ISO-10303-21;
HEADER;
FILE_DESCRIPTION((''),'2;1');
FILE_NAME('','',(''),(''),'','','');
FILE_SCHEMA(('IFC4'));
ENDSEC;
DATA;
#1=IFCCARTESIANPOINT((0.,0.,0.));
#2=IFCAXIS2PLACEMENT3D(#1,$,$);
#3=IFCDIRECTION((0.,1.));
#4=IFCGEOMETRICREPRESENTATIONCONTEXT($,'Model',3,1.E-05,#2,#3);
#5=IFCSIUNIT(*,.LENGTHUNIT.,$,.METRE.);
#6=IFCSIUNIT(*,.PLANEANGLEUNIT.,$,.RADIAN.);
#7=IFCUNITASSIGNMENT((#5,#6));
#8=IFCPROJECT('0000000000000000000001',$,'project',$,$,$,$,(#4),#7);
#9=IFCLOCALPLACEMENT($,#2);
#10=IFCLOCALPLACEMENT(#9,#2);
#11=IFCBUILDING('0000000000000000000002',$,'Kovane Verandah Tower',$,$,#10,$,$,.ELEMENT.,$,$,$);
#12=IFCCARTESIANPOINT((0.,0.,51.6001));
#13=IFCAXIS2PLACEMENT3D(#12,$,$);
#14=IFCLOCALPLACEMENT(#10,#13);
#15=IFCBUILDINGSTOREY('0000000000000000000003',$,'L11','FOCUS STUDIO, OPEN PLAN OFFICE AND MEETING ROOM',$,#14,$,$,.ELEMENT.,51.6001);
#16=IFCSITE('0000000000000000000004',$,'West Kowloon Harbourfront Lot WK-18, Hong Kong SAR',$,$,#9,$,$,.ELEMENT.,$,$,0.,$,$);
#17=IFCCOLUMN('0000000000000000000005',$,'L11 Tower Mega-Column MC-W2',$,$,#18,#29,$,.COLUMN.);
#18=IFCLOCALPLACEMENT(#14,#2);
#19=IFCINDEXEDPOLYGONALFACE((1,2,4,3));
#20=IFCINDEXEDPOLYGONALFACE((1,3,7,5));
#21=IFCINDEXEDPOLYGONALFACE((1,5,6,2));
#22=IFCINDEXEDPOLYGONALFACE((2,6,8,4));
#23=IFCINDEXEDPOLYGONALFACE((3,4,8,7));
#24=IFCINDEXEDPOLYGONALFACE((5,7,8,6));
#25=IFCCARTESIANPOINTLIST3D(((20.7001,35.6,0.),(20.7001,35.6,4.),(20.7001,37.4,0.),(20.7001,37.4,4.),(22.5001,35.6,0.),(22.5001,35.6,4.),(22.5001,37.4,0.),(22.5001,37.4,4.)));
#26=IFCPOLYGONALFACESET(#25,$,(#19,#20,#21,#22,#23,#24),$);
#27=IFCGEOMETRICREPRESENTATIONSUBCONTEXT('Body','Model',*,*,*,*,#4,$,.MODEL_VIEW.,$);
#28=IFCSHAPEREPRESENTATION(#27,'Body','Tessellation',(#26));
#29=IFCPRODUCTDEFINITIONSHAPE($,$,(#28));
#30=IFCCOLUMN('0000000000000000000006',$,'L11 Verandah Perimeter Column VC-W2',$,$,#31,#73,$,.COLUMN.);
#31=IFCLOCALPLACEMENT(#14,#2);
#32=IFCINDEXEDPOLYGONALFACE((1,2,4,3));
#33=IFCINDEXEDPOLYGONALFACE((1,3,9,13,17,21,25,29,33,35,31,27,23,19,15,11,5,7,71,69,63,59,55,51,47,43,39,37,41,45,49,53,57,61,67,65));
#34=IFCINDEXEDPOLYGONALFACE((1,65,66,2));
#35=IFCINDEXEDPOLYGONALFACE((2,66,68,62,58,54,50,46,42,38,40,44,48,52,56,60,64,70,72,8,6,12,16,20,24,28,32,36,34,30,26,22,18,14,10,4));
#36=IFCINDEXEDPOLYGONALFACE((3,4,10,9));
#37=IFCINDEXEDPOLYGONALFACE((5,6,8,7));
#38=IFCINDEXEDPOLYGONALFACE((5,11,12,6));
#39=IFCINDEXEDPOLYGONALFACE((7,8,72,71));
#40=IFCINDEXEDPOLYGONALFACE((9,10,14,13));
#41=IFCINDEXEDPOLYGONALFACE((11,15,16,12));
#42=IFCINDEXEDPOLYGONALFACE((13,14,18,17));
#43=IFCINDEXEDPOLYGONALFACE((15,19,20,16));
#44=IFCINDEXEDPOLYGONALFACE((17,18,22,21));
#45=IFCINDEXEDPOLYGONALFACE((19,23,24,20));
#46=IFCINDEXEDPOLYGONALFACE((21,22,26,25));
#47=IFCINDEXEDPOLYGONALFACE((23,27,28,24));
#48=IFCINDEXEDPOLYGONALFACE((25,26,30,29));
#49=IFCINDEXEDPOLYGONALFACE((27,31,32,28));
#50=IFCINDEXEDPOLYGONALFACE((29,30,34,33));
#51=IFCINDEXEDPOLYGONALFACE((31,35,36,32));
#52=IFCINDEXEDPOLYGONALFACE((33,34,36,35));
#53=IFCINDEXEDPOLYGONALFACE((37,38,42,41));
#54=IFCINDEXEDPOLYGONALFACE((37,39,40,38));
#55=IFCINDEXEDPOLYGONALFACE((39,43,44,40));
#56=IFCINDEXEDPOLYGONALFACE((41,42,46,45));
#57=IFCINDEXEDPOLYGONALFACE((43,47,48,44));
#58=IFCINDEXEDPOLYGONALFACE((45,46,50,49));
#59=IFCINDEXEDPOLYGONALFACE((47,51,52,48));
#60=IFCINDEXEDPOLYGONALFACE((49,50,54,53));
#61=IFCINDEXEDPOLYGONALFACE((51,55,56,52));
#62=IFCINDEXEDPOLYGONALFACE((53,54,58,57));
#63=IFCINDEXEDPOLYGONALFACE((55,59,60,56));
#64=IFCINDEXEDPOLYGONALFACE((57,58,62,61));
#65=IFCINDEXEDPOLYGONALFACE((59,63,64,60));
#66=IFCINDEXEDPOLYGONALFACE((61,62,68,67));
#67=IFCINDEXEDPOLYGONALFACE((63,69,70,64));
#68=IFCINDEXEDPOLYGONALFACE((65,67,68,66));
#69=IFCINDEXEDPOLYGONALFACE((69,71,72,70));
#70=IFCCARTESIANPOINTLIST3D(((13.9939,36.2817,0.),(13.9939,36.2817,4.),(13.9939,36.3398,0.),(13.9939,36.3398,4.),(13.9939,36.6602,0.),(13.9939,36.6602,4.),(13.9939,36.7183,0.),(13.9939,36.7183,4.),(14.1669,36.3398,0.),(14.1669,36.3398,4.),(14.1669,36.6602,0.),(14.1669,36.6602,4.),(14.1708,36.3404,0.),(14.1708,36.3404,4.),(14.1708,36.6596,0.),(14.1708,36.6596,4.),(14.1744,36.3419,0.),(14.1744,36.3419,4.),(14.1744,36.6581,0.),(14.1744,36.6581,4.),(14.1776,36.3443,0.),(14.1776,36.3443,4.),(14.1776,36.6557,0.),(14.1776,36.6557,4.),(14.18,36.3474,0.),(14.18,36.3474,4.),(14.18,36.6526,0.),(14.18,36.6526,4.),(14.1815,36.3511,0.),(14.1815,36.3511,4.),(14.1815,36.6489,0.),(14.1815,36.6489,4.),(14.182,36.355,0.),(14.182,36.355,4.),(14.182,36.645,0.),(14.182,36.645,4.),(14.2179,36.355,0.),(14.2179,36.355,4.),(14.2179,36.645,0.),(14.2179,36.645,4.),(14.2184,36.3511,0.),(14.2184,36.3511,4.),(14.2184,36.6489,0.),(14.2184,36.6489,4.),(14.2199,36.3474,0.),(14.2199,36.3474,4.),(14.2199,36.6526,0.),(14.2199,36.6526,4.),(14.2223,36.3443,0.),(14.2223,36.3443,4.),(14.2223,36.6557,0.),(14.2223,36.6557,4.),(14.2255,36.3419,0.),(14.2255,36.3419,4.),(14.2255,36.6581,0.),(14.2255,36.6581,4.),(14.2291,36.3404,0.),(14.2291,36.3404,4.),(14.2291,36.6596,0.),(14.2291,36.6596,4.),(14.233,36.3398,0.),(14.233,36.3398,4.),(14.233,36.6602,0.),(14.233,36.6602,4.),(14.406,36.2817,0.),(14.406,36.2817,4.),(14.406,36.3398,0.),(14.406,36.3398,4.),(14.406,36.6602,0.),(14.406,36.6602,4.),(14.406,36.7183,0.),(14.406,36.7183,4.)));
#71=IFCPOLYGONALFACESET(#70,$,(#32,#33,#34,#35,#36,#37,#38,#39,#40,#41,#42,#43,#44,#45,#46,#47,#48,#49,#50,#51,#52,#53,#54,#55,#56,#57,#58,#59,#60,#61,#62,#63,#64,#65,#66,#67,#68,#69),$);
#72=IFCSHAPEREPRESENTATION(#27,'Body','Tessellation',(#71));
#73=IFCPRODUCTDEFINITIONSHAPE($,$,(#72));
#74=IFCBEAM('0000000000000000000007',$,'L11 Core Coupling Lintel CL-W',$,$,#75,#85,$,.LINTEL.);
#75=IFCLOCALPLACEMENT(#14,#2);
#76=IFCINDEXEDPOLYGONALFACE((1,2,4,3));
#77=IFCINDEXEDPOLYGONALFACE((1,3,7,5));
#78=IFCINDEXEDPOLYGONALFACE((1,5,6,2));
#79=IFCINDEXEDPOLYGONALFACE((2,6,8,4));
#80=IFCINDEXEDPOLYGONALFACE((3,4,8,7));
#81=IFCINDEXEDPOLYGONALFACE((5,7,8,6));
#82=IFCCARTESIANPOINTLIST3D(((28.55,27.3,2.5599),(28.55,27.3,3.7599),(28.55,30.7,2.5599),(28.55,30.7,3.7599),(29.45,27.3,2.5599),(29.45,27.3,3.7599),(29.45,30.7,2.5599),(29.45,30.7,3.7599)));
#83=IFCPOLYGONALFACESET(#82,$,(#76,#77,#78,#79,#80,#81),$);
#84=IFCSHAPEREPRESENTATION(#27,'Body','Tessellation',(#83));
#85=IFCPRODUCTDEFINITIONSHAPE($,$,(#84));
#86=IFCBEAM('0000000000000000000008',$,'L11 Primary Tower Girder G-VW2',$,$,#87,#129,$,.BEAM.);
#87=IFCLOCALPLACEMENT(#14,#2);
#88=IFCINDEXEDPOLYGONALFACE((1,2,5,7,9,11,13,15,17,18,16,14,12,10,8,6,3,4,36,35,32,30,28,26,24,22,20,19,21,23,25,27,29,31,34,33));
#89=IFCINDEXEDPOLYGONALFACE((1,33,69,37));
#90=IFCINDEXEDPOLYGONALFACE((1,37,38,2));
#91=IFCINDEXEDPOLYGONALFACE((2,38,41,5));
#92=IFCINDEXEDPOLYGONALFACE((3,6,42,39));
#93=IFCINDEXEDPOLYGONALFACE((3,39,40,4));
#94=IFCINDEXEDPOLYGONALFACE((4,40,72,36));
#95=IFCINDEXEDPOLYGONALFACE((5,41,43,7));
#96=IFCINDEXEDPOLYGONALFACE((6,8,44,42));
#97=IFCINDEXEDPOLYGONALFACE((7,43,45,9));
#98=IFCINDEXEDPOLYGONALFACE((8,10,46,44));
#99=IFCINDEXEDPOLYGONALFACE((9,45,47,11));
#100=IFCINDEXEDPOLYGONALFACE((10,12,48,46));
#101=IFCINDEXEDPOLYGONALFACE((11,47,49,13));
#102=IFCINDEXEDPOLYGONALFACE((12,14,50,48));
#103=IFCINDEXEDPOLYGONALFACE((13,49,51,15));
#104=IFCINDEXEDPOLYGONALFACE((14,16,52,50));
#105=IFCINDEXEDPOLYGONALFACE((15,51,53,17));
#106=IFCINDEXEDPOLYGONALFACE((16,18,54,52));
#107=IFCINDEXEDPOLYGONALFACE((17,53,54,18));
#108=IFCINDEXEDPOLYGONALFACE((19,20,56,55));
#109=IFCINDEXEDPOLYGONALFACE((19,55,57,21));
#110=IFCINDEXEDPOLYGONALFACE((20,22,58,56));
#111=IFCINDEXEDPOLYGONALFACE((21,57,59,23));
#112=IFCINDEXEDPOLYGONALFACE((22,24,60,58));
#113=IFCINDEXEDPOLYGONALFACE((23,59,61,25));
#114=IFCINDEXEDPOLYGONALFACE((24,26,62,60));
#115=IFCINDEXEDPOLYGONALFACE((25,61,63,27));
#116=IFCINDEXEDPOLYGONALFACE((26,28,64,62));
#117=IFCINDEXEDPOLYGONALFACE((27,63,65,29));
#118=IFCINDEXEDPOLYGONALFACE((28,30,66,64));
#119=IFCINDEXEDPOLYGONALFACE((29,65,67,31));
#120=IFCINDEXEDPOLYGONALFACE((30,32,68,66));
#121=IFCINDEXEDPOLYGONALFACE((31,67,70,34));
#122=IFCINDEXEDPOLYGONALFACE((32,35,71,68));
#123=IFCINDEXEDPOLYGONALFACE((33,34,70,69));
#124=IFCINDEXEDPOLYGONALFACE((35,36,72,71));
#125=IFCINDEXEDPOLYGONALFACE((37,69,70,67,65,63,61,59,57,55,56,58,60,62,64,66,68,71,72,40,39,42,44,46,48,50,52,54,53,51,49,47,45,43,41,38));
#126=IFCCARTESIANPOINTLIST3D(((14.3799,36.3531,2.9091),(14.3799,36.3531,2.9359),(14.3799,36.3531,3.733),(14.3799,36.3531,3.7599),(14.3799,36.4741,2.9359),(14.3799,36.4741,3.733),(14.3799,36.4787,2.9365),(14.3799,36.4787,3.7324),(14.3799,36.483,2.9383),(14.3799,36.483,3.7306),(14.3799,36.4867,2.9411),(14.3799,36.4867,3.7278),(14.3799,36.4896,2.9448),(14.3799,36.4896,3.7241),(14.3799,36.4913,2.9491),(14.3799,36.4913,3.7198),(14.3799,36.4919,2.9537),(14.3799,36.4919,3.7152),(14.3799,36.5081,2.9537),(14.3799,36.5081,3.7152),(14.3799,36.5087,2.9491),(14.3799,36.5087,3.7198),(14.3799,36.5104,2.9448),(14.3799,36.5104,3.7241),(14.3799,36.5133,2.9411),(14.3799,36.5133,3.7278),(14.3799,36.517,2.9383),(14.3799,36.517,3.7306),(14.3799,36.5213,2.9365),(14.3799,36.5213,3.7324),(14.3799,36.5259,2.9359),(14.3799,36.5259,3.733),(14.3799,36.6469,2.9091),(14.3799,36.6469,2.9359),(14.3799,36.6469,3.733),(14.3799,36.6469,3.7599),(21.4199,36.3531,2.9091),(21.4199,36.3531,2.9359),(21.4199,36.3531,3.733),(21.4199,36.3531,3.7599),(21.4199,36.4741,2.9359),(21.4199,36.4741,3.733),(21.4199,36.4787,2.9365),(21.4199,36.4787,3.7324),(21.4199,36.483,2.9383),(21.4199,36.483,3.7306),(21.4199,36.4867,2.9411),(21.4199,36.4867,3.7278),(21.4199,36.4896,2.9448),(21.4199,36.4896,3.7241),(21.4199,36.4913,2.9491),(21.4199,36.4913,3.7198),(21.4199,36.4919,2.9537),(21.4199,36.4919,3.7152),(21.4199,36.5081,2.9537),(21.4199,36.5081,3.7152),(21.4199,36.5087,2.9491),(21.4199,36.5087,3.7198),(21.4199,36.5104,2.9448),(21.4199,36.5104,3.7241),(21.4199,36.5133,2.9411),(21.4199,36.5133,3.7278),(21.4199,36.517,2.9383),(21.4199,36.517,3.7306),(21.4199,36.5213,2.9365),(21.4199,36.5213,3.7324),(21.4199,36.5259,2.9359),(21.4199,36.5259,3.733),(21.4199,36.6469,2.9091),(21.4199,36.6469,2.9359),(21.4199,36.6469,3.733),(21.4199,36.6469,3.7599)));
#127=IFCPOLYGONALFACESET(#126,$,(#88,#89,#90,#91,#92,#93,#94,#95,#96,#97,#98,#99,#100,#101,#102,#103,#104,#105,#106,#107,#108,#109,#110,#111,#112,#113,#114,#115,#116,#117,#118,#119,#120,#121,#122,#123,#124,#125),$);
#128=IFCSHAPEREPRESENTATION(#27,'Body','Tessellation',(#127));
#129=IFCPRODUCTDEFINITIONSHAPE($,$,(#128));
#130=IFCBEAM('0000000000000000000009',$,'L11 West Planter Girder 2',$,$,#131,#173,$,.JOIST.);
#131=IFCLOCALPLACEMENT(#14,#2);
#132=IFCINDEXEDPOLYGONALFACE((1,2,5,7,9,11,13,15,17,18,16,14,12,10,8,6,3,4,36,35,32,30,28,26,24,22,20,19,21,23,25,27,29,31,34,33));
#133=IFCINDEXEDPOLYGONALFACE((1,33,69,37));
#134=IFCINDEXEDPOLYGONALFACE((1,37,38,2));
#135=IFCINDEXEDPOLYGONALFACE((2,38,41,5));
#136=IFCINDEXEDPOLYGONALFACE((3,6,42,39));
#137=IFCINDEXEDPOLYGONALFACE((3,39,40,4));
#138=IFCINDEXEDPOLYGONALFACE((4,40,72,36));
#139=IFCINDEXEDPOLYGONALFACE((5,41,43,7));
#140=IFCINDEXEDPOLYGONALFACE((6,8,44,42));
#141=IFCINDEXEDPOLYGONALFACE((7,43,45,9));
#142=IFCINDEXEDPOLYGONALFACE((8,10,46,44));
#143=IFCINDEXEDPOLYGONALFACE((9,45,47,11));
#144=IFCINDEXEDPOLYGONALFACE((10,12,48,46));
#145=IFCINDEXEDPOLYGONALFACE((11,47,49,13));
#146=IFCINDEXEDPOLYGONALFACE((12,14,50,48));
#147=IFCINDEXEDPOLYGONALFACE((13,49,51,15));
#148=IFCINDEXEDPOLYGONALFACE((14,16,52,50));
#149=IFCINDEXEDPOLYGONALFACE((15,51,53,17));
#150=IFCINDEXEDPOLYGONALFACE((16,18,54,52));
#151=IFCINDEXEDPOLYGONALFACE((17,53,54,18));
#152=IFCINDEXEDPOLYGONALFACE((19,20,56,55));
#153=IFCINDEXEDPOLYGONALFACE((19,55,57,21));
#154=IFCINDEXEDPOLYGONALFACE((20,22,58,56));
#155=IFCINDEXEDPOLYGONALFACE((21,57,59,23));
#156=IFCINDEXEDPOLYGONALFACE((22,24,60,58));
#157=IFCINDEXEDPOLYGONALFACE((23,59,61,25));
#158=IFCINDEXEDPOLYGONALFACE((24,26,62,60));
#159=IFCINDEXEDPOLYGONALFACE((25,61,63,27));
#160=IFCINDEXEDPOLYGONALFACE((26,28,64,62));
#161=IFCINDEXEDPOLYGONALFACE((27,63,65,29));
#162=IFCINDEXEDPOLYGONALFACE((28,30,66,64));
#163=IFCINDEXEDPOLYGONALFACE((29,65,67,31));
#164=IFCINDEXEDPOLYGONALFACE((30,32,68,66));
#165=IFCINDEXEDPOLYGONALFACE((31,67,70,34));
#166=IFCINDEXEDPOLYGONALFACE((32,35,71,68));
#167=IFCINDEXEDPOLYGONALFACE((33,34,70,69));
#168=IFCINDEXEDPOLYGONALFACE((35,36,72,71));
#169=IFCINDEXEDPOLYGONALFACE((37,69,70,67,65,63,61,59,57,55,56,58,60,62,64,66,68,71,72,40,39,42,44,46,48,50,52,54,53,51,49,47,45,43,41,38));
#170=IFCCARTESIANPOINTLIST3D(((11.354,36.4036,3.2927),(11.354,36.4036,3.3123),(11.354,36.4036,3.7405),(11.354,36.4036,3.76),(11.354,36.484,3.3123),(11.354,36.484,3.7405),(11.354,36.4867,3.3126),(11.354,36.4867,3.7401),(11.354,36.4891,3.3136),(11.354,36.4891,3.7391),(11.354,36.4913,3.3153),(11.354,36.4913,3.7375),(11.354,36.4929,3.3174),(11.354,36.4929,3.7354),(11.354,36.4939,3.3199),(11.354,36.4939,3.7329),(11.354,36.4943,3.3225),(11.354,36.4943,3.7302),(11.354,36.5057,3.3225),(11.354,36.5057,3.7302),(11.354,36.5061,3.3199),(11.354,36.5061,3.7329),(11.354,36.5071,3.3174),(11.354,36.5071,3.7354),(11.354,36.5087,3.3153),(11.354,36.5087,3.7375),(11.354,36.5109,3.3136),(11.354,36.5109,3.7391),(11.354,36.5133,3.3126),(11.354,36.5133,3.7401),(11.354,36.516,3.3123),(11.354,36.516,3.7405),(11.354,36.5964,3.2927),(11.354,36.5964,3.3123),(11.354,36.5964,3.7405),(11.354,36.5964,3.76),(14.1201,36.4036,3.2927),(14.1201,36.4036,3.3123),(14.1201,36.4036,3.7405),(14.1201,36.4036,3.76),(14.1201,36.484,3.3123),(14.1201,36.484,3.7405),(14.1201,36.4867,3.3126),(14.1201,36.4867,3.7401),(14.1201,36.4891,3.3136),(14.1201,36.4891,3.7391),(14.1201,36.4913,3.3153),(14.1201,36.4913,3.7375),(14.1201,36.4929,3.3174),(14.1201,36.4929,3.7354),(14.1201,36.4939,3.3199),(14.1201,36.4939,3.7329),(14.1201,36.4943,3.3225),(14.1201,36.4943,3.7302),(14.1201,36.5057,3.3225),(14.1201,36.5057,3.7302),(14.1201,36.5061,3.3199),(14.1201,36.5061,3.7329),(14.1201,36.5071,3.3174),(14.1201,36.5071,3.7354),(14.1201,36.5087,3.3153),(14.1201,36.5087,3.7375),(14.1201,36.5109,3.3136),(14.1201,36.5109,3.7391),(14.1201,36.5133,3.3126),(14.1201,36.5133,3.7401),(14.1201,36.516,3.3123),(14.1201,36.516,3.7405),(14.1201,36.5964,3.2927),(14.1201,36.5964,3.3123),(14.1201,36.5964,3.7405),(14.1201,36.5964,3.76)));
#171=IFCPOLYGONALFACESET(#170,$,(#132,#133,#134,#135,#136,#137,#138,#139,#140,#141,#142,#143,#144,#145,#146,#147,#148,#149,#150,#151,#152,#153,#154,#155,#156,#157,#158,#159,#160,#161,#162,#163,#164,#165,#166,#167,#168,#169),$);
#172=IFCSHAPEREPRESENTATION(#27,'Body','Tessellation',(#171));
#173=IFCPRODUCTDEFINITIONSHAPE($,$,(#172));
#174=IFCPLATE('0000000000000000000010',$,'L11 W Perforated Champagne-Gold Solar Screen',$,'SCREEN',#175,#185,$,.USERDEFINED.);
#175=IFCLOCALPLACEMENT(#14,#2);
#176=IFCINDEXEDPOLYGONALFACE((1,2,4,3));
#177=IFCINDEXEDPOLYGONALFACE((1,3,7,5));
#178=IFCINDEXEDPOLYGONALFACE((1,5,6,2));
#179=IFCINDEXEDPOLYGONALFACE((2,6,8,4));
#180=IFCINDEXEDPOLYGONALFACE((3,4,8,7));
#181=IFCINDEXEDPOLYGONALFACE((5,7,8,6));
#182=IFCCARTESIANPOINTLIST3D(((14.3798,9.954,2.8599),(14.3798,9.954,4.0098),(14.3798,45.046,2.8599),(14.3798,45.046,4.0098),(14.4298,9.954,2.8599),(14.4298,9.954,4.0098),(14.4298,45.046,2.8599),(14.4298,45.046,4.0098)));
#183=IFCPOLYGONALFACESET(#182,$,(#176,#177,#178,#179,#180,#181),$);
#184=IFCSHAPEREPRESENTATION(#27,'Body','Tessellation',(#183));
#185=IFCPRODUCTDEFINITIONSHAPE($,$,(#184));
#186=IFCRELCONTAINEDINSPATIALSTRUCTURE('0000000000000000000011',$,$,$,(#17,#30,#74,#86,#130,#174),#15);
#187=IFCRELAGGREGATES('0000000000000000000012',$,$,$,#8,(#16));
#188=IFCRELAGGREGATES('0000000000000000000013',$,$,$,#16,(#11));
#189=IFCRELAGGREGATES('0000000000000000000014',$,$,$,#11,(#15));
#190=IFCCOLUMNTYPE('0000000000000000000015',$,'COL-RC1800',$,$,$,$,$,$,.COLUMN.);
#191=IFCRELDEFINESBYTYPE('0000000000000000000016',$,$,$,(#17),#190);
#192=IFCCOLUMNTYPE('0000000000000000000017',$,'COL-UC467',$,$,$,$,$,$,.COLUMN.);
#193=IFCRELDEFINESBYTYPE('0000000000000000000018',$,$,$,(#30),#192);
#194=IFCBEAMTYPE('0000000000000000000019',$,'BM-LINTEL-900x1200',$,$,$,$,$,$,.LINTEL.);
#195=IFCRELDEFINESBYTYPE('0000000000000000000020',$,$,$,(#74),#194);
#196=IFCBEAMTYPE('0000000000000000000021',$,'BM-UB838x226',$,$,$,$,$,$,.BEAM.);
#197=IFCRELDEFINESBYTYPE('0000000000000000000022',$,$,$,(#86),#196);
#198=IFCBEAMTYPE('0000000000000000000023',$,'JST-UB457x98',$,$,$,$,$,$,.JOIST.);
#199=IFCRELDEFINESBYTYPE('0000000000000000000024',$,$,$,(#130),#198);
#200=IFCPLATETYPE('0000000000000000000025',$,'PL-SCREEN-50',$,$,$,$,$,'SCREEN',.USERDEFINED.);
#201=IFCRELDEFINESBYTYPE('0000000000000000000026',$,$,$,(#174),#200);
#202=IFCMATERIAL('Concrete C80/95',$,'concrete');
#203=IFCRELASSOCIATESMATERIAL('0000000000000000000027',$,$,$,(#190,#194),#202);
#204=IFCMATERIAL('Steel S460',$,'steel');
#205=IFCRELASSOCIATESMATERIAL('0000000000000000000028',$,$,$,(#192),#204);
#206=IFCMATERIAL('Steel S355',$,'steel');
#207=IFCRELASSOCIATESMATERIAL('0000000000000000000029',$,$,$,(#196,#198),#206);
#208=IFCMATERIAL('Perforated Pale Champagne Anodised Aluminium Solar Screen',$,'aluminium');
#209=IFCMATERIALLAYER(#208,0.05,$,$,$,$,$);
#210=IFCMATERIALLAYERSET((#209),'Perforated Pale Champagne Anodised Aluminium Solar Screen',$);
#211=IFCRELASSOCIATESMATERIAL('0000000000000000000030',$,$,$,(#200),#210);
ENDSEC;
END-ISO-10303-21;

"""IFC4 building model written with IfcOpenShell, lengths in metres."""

from ifc_helpers import new_model, si_unit, direction, frame, origin, origin_2d, place, context, subcontext, project, spatial, rectangle, i_section, extrude, material, layer, layer_set, material_profile, profile_set, type_object, element, save


model = new_model("IFC4")

# Units and contexts
model_context = context("Model", 3, precision=1e-05, world=origin(), true_north=direction((0.0, 1.0)))
body_context = subcontext(model_context, "Body", "Model", "MODEL_VIEW")
ifc_project = project(units=[si_unit("LENGTHUNIT", "METRE"), si_unit("PLANEANGLEUNIT", "RADIAN")], contexts=[model_context])

# Site, building, storey
site_placement = place(None, origin())
site = spatial("IfcSite", under=ifc_project, at=site_placement, Name="West Kowloon Harbourfront Lot WK-18, Hong Kong SAR", CompositionType="ELEMENT", RefElevation=0.0)
building_placement = place(site_placement, origin())
building = spatial("IfcBuilding", under=site, at=building_placement, Name="Kovane Verandah Tower", CompositionType="ELEMENT")
storey_placement = place(building_placement, frame((0.0, 0.0, 51.6001)))
storey = spatial("IfcBuildingStorey", under=building, at=storey_placement, Name="L11", Description="FOCUS STUDIO, OPEN PLAN OFFICE AND MEETING ROOM", CompositionType="ELEMENT", Elevation=51.6001)

# Columns
ifc_material_1 = material(Name="Concrete C80/95", Category="concrete")
ifc_material_profile_1 = material_profile(ifc_material_1, rectangle(XDim=1.8, YDim=1.8, at=origin_2d()), Name="RC1800x1800")
ifc_profile_set_1 = profile_set([ifc_material_profile_1], Name="Concrete C80/95")
column_type_1 = type_object("IfcColumnType", Name="COL-RC1800", PredefinedType="COLUMN", material=ifc_profile_set_1)
column_1_placement = place(storey_placement, frame((21.6001, 36.5, 0.0), z_axis=(0.0, 0.0, 1.0), x_axis=(1.0, 0.0, 0.0)))
element("IfcColumn", 1, at=column_1_placement, inside=storey, type_object=column_type_1, Name="L11 Tower Mega-Column MC-W2", PredefinedType="COLUMN", context=body_context, shape_type="SweptSolid", body=[
    extrude(rectangle(XDim=1.8, YDim=1.8, at=origin_2d()), origin(), (0.0, 0.0, 1.0), 4.0),
])
ifc_material_2 = material(Name="Steel S460", Category="steel")
ifc_material_profile_2 = material_profile(ifc_material_2, i_section(OverallWidth=0.4121, OverallDepth=0.4365, WebThickness=0.0359, FlangeThickness=0.0581, FilletRadius=0.0151, at=origin_2d()), Name="UC356x406x467")
ifc_profile_set_2 = profile_set([ifc_material_profile_2], Name="Steel S460")
column_type_2 = type_object("IfcColumnType", Name="COL-UC467", PredefinedType="COLUMN", material=ifc_profile_set_2)
column_2_placement = place(storey_placement, frame((14.2, 36.5, 0.0), z_axis=(0.0, 0.0, 1.0), x_axis=(1.0, 0.0, 0.0)))
element("IfcColumn", 2, at=column_2_placement, inside=storey, type_object=column_type_2, Name="L11 Verandah Perimeter Column VC-W2", PredefinedType="COLUMN", context=body_context, shape_type="SweptSolid", body=[
    extrude(i_section(OverallWidth=0.4121, OverallDepth=0.4365, WebThickness=0.0359, FlangeThickness=0.0581, FilletRadius=0.0151, at=origin_2d()), origin(), (0.0, 0.0, 1.0), 4.0),
])

# Beams
ifc_material_profile_3 = material_profile(ifc_material_1, rectangle(XDim=0.8999, YDim=1.2, at=origin_2d()), Name="RCB900x1200")
ifc_profile_set_3 = profile_set([ifc_material_profile_3], Name="Concrete C80/95")
beam_type_1 = type_object("IfcBeamType", Name="BM-LINTEL-900x1200", PredefinedType="LINTEL", material=ifc_profile_set_3)
beam_1_placement = place(storey_placement, frame((29.0, 27.3, 3.1599), z_axis=(0.0, 1.0, 0.0), x_axis=(-1.0, 0.0, 0.0)))
element("IfcBeam", 3, at=beam_1_placement, inside=storey, type_object=beam_type_1, Name="L11 Core Coupling Lintel CL-W", PredefinedType="LINTEL", context=body_context, shape_type="SweptSolid", body=[
    extrude(rectangle(XDim=0.8999, YDim=1.2, at=origin_2d()), origin(), (0.0, 0.0, 1.0), 3.3999),
])
ifc_material_3 = material(Name="Steel S355", Category="steel")
ifc_material_profile_4 = material_profile(ifc_material_3, i_section(OverallWidth=0.2937, OverallDepth=0.8508, WebThickness=0.0161, FlangeThickness=0.0269, FilletRadius=0.0178, at=origin_2d()), Name="UB838x292x226")
ifc_profile_set_4 = profile_set([ifc_material_profile_4], Name="Steel S355")
beam_type_2 = type_object("IfcBeamType", Name="BM-UB838x226", PredefinedType="BEAM", material=ifc_profile_set_4)
beam_2_placement = place(storey_placement, frame((21.4199, 36.5, 3.3345), z_axis=(-1.0, 0.0, 0.0), x_axis=(0.0, -1.0, 0.0)))
element("IfcBeam", 4, at=beam_2_placement, inside=storey, type_object=beam_type_2, Name="L11 Primary Tower Girder G-VW2", PredefinedType="BEAM", context=body_context, shape_type="SweptSolid", body=[
    extrude(i_section(OverallWidth=0.2937, OverallDepth=0.8508, WebThickness=0.0161, FlangeThickness=0.0269, FilletRadius=0.0178, at=origin_2d()), origin(), (0.0, 0.0, 1.0), 7.04),
])
ifc_material_profile_5 = material_profile(ifc_material_3, i_section(OverallWidth=0.1929, OverallDepth=0.4673, WebThickness=0.0115, FlangeThickness=0.0195, FilletRadius=0.0103, at=origin_2d()), Name="UB457x191x98")
ifc_profile_set_5 = profile_set([ifc_material_profile_5], Name="Steel S355")
beam_type_3 = type_object("IfcBeamType", Name="JST-UB457x98", PredefinedType="JOIST", material=ifc_profile_set_5)
beam_3_placement = place(storey_placement, frame((14.1201, 36.5, 3.5264), z_axis=(-1.0, 0.0, 0.0), x_axis=(0.0, -1.0, 0.0)))
element("IfcBeam", 5, at=beam_3_placement, inside=storey, type_object=beam_type_3, Name="L11 West Planter Girder 2", PredefinedType="JOIST", context=body_context, shape_type="SweptSolid", body=[
    extrude(i_section(OverallWidth=0.1929, OverallDepth=0.4673, WebThickness=0.0115, FlangeThickness=0.0195, FilletRadius=0.0103, at=origin_2d()), origin(), (0.0, 0.0, 1.0), 2.7661),
])

# Plate
ifc_material_4 = material(Name="Perforated Pale Champagne Anodised Aluminium Solar Screen", Category="aluminium")
ifc_layer_1 = layer(ifc_material_4, 0.05)
ifc_layer_set_1 = layer_set([ifc_layer_1], Name="Perforated Pale Champagne Anodised Aluminium Solar Screen")
plate_type = type_object("IfcPlateType", Name="PL-SCREEN-50", ElementType="SCREEN", PredefinedType="USERDEFINED", material=ifc_layer_set_1)
plate_placement = place(storey_placement, frame((14.4048, 27.5, 2.8599), z_axis=(0.0, 0.0, 1.0), x_axis=(0.0, -1.0, 0.0)))
element("IfcPlate", 6, at=plate_placement, inside=storey, type_object=plate_type, Name="L11 W Perforated Champagne-Gold Solar Screen", ObjectType="SCREEN", PredefinedType="USERDEFINED", context=body_context, shape_type="SweptSolid", body=[
    extrude(rectangle(XDim=35.092, YDim=0.05, at=origin_2d()), origin(), (0.0, 0.0, 1.0), 1.1499),
])

save(model, "model.ifc")
